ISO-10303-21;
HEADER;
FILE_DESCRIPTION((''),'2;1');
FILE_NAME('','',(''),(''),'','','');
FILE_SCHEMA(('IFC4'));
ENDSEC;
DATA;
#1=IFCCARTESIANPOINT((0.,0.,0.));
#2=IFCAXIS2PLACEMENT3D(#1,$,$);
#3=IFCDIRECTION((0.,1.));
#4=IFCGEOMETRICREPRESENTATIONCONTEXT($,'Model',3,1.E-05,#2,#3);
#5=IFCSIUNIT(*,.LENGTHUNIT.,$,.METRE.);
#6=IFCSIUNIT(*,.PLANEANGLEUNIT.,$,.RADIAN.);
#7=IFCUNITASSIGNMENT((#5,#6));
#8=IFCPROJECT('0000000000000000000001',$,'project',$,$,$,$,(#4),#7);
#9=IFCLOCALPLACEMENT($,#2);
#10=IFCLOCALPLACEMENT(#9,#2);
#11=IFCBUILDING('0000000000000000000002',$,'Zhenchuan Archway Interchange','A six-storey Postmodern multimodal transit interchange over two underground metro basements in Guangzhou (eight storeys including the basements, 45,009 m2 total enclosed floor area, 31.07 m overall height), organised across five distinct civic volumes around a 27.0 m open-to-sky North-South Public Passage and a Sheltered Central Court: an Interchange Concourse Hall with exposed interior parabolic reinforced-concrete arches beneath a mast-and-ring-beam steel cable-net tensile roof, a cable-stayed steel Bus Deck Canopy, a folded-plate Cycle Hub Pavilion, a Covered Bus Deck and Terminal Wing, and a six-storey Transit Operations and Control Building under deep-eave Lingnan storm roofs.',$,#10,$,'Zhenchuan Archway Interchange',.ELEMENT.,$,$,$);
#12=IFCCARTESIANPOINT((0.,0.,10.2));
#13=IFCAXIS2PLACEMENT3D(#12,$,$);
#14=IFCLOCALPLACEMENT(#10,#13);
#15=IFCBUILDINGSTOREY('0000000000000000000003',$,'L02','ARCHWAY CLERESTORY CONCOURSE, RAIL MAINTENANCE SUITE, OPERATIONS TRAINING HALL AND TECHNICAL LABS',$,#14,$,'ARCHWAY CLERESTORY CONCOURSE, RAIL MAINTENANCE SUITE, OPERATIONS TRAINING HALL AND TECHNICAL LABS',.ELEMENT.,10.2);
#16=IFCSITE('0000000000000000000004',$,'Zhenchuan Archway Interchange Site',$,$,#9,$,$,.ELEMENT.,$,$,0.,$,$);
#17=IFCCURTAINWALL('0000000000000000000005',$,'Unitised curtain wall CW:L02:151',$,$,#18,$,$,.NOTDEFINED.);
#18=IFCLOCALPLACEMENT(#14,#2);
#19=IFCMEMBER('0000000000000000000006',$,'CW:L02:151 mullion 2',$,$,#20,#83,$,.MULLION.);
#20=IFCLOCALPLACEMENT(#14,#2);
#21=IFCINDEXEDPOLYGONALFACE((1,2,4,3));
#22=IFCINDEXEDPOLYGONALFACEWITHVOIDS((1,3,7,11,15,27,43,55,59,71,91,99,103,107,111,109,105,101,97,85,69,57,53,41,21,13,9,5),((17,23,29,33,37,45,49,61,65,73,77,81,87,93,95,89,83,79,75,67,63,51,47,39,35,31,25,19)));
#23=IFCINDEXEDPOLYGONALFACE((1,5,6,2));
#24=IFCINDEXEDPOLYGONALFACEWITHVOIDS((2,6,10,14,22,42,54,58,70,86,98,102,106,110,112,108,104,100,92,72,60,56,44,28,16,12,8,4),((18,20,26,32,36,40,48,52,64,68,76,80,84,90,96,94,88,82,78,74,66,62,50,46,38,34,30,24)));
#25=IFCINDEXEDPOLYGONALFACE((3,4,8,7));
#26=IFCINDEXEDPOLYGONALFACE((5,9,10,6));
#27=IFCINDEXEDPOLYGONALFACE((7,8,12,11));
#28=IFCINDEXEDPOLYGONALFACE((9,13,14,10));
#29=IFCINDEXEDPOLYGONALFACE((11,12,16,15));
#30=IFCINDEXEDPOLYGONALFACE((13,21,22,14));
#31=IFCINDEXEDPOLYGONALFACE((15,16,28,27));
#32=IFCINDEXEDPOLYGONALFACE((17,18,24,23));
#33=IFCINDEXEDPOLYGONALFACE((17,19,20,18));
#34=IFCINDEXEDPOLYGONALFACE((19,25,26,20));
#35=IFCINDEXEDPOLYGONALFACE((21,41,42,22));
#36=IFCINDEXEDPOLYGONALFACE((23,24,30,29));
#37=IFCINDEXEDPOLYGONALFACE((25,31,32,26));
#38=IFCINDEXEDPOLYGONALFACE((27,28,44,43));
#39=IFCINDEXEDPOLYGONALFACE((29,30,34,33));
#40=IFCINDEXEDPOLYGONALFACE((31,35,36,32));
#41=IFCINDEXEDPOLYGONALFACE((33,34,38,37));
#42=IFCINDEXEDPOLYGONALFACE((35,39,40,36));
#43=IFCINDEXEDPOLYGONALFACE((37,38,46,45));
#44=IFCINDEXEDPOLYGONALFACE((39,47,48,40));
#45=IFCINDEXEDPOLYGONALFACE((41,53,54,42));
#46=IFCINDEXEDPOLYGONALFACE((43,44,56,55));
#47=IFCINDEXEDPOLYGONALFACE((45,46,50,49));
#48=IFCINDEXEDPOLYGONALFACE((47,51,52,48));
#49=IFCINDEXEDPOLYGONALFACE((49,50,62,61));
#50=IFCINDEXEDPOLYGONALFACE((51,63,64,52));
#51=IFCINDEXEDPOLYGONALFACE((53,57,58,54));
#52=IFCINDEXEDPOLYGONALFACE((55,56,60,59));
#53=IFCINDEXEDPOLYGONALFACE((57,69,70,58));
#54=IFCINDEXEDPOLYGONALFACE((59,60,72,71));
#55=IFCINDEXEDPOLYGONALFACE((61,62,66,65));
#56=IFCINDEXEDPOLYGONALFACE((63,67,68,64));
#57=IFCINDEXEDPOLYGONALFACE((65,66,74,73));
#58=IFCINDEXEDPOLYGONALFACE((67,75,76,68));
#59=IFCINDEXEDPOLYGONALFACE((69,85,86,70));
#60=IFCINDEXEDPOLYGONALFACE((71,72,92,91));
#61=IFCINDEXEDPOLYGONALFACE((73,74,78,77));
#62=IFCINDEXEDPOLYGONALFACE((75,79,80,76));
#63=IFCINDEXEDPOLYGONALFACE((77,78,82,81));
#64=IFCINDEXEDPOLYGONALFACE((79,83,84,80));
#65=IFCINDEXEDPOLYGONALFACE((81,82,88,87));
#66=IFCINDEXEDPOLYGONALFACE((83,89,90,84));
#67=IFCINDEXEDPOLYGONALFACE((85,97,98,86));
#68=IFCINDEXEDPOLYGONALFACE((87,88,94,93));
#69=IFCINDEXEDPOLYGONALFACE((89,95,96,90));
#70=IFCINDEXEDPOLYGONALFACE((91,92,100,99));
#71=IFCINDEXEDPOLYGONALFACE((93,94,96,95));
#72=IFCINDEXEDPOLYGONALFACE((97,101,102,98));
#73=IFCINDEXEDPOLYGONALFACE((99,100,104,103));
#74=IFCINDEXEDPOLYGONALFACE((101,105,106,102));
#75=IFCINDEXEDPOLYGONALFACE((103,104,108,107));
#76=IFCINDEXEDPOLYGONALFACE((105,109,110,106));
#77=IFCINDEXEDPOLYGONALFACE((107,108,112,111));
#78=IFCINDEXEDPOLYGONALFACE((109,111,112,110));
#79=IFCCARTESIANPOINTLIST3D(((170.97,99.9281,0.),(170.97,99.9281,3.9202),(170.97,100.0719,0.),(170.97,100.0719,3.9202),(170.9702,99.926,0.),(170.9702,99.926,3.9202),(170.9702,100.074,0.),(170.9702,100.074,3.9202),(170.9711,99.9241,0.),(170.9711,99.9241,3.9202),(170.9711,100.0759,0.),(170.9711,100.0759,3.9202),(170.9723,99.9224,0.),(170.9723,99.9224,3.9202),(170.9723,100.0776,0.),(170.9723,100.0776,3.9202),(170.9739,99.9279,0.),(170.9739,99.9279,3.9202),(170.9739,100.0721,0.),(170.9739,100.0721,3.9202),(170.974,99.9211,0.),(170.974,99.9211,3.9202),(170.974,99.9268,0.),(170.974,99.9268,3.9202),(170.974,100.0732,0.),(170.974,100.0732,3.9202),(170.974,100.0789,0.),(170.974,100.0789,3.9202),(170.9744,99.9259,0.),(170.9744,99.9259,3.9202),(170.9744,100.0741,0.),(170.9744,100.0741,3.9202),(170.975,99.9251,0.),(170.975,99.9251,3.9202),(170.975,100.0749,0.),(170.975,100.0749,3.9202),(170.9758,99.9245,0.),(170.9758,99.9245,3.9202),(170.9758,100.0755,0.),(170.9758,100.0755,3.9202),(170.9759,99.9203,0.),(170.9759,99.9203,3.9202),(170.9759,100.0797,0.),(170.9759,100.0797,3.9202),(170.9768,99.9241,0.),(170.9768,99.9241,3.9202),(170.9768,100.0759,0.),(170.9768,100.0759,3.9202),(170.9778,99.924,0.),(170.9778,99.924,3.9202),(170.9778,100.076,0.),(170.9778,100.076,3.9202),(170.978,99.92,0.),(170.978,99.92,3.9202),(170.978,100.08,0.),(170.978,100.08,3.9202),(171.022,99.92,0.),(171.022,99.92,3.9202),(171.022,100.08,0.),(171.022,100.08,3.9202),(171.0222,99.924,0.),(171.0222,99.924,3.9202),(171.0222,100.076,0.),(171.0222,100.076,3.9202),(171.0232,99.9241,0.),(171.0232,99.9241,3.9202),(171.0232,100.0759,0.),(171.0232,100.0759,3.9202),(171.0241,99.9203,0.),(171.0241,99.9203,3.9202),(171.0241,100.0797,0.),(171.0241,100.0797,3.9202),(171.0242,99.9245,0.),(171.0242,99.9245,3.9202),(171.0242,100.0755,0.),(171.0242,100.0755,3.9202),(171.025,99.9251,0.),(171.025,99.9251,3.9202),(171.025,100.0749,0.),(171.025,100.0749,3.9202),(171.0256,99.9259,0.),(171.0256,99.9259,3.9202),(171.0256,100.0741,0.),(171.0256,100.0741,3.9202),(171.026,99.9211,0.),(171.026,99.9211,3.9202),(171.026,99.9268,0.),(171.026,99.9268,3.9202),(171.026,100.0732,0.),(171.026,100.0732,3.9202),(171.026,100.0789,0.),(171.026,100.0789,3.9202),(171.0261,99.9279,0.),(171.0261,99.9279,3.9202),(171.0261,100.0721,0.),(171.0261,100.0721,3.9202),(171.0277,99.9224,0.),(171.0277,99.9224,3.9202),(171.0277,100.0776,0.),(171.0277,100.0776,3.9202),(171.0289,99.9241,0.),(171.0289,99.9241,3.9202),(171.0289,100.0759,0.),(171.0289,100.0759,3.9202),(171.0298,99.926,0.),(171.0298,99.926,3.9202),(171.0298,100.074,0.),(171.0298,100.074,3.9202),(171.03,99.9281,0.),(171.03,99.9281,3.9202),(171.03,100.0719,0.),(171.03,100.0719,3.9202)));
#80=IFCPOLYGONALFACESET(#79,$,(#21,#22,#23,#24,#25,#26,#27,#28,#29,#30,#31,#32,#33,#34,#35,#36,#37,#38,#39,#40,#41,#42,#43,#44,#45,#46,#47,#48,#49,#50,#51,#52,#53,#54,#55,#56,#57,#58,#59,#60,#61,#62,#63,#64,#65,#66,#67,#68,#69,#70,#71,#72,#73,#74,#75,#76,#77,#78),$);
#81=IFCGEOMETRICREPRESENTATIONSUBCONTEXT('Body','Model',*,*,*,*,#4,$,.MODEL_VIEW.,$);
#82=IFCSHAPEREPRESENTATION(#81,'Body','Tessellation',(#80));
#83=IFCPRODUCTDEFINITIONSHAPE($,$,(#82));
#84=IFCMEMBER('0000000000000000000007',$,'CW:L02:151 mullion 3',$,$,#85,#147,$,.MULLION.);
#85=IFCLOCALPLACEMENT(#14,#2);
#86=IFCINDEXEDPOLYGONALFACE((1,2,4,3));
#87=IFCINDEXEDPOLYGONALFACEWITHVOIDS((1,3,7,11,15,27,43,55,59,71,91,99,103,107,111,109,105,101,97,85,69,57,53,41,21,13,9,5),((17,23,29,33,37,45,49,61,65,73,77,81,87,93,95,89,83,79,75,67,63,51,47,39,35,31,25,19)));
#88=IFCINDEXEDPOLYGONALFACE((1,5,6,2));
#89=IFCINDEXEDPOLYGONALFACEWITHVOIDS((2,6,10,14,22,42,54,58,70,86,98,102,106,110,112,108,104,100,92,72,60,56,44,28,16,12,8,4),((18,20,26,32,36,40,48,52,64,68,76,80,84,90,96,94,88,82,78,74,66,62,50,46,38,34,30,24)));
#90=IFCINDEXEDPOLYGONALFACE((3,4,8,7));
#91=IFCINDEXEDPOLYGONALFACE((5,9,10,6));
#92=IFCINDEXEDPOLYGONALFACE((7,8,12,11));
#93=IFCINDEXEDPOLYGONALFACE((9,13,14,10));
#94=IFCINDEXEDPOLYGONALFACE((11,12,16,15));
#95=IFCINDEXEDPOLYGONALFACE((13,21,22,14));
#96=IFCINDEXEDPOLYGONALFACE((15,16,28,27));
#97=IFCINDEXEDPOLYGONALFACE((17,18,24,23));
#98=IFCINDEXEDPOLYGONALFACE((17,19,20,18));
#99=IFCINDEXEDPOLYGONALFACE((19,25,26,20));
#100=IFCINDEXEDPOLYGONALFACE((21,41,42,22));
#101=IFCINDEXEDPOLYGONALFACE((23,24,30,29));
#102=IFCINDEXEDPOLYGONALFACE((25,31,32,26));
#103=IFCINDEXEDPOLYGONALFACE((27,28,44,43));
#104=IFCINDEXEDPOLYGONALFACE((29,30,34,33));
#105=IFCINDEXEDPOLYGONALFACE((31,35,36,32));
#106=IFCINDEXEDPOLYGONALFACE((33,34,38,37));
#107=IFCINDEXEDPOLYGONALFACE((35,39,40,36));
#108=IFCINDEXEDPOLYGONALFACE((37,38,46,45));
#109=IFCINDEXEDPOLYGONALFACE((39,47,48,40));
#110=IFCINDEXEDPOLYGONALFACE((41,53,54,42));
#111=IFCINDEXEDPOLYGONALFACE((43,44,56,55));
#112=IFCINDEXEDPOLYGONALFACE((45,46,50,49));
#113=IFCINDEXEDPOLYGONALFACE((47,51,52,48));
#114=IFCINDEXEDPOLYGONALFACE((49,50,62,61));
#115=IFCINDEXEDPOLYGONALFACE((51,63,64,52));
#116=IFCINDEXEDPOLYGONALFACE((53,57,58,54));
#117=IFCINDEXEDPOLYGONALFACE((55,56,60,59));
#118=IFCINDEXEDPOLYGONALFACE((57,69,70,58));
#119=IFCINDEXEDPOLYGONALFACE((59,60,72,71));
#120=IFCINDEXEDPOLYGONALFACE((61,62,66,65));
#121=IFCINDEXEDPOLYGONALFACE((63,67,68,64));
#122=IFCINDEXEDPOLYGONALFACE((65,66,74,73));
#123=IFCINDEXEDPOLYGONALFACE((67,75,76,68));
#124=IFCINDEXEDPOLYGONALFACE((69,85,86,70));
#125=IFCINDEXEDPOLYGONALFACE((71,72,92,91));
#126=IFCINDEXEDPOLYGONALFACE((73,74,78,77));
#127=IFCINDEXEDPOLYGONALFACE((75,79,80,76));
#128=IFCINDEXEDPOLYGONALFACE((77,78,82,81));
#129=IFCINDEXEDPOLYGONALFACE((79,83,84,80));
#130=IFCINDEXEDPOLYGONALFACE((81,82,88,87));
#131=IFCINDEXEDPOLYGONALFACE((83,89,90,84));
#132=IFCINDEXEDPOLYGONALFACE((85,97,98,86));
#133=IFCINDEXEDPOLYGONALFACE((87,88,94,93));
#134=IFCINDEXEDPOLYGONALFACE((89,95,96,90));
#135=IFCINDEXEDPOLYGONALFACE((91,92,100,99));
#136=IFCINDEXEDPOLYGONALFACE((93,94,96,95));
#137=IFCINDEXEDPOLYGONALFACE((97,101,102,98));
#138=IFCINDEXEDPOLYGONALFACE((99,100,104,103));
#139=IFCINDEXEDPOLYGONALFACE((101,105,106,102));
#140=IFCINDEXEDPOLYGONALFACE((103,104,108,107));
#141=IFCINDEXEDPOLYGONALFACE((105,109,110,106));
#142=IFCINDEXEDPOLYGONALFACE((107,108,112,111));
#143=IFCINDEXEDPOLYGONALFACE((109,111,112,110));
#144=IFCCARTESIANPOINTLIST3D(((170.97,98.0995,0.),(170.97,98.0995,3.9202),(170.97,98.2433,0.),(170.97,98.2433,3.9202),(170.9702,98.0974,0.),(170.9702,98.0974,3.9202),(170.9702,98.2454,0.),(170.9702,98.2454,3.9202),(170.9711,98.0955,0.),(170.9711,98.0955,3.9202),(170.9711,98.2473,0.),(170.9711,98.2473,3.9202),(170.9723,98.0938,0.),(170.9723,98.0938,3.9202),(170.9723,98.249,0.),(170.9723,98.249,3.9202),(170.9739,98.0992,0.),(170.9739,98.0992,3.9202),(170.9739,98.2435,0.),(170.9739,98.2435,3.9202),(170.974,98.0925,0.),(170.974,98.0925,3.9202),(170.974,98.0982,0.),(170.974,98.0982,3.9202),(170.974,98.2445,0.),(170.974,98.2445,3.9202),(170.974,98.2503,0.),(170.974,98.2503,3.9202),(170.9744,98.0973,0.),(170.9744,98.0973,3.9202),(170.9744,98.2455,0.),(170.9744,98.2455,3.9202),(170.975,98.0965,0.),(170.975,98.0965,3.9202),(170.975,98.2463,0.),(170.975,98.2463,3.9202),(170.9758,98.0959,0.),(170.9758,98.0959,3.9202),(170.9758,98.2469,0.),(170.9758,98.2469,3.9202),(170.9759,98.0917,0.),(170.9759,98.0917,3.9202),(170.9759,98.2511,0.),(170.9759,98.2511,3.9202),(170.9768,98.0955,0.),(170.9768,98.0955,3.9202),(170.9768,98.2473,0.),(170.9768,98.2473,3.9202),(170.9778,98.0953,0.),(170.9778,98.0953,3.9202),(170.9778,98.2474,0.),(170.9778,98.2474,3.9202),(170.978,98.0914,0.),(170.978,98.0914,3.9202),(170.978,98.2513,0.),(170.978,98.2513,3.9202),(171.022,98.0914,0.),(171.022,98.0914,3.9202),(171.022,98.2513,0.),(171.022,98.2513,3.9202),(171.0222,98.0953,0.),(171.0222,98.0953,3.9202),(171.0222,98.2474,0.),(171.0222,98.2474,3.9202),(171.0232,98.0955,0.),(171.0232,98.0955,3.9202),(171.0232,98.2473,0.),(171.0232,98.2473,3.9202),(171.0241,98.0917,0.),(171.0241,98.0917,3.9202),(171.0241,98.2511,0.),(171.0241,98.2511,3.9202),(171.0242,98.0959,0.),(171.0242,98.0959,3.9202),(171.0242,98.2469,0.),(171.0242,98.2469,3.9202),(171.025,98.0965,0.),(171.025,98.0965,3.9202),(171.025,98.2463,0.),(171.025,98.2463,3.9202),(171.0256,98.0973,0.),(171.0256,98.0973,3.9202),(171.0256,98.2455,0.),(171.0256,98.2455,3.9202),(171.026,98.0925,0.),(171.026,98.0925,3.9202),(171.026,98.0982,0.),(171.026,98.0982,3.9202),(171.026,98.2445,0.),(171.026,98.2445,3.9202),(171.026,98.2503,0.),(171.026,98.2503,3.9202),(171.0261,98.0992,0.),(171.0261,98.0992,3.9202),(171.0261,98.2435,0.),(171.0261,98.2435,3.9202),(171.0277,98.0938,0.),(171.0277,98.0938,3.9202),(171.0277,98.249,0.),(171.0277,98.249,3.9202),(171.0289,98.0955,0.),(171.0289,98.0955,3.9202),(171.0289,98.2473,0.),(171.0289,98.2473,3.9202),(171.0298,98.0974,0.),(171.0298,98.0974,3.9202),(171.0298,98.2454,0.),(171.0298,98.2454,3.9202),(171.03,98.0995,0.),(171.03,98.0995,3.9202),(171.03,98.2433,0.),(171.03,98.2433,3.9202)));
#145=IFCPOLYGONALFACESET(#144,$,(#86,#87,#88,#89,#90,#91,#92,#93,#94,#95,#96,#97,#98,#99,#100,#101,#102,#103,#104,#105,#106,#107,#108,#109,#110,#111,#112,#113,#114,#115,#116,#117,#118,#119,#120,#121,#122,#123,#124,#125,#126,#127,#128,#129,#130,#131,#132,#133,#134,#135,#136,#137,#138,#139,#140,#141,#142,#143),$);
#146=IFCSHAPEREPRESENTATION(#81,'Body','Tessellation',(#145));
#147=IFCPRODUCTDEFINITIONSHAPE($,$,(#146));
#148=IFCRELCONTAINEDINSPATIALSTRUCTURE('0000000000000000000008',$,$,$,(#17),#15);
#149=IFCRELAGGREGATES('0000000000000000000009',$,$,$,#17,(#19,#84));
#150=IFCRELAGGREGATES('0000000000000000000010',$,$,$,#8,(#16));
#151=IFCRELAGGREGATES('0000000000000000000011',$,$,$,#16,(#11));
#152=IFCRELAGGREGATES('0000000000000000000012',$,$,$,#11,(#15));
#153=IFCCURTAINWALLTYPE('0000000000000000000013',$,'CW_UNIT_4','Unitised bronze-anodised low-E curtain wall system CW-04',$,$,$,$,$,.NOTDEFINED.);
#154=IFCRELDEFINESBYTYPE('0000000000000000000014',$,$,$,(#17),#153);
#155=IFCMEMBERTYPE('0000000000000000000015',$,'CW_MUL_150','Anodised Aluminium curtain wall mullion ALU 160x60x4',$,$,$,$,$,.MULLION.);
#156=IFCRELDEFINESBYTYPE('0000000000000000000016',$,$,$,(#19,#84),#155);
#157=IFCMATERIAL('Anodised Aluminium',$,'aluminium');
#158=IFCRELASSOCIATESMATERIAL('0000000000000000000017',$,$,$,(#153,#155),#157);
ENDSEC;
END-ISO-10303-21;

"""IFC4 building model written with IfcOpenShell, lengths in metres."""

from ifc_helpers import new_model, si_unit, direction, frame, origin, origin_2d, place, context, subcontext, project, spatial, hollow_rectangle, extrude, material, material_profile, profile_set, type_object, element, aggregate, save


model = new_model("IFC4")

# Units and contexts
model_context = context("Model", 3, precision=1e-05, world=origin(), true_north=direction((0.0, 1.0)))
body_context = subcontext(model_context, "Body", "Model", "MODEL_VIEW")
ifc_project = project(units=[si_unit("LENGTHUNIT", "METRE"), si_unit("PLANEANGLEUNIT", "RADIAN")], contexts=[model_context])

# Site, building, storey
site_placement = place(None, origin())
site = spatial("IfcSite", under=ifc_project, at=site_placement, Name="Zhenchuan Archway Interchange Site", CompositionType="ELEMENT", RefElevation=0.0)
building_placement = place(site_placement, origin())
building = spatial("IfcBuilding", under=site, at=building_placement, Name="Zhenchuan Archway Interchange", Description="A six-storey Postmodern multimodal transit interchange over two underground metro basements in Guangzhou (eight storeys including the basements, 45,009 m2 total enclosed floor area, 31.07 m overall height), organised across five distinct civic volumes around a 27.0 m open-to-sky North-South Public Passage and a Sheltered Central Court: an Interchange Concourse Hall with exposed interior parabolic reinforced-concrete arches beneath a mast-and-ring-beam steel cable-net tensile roof, a cable-stayed steel Bus Deck Canopy, a folded-plate Cycle Hub Pavilion, a Covered Bus Deck and Terminal Wing, and a six-storey Transit Operations and Control Building under deep-eave Lingnan storm roofs.", LongName="Zhenchuan Archway Interchange", CompositionType="ELEMENT")
storey_placement = place(building_placement, frame((0.0, 0.0, 10.2)))
storey = spatial("IfcBuildingStorey", under=building, at=storey_placement, Name="L02", Description="ARCHWAY CLERESTORY CONCOURSE, RAIL MAINTENANCE SUITE, OPERATIONS TRAINING HALL AND TECHNICAL LABS", LongName="ARCHWAY CLERESTORY CONCOURSE, RAIL MAINTENANCE SUITE, OPERATIONS TRAINING HALL AND TECHNICAL LABS", CompositionType="ELEMENT", Elevation=10.2)

# Curtain wall, members
ifc_material_1 = material(Name="Anodised Aluminium", Category="aluminium")
curtain_wall_type = type_object("IfcCurtainWallType", Name="CW_UNIT_4", Description="Unitised bronze-anodised low-E curtain wall system CW-04", PredefinedType="NOTDEFINED", material=ifc_material_1)
curtain_wall_placement = place(storey_placement, origin())
curtain_wall = element("IfcCurtainWall", 1, at=curtain_wall_placement, inside=storey, type_object=curtain_wall_type, Name="Unitised curtain wall CW:L02:151", PredefinedType="NOTDEFINED")
ifc_material_profile_1 = material_profile(ifc_material_1, hollow_rectangle(XDim=0.0601, YDim=0.1599, WallThickness=0.0039, InnerFilletRadius=0.0039, OuterFilletRadius=0.0081, at=origin_2d()), Name="ALU 160x60x4")
ifc_profile_set_1 = profile_set([ifc_material_profile_1], Name="Anodised Aluminium")
member_type_1 = type_object("IfcMemberType", Name="CW_MUL_150", Description="Anodised Aluminium curtain wall mullion ALU 160x60x4", PredefinedType="MULLION", material=ifc_profile_set_1)
member_1_placement = place(storey_placement, frame((171.0, 100.0, 0.0), z_axis=(0.0, 0.0, 1.0), x_axis=(1.0, 0.0, 0.0)))
member_1 = element("IfcMember", 2, at=member_1_placement, type_object=member_type_1, Name="CW:L02:151 mullion 2", PredefinedType="MULLION", context=body_context, shape_type="SweptSolid", body=[
    extrude(hollow_rectangle(XDim=0.0601, YDim=0.1599, WallThickness=0.0039, InnerFilletRadius=0.0039, OuterFilletRadius=0.0081, at=origin_2d()), origin(), (0.0, 0.0, 1.0), 3.9202),
])
member_2_placement = place(storey_placement, frame((171.0, 98.1714, 0.0), z_axis=(0.0, 0.0, 1.0), x_axis=(1.0, 0.0, 0.0)))
member_2 = element("IfcMember", 3, at=member_2_placement, type_object=member_type_1, Name="CW:L02:151 mullion 3", PredefinedType="MULLION", context=body_context, shape_type="SweptSolid", body=[
    extrude(hollow_rectangle(XDim=0.0601, YDim=0.1599, WallThickness=0.0039, InnerFilletRadius=0.0039, OuterFilletRadius=0.0081, at=origin_2d()), origin(), (0.0, 0.0, 1.0), 3.9202),
])
aggregate(curtain_wall, [member_1, member_2])

save(model, "model.ifc")
